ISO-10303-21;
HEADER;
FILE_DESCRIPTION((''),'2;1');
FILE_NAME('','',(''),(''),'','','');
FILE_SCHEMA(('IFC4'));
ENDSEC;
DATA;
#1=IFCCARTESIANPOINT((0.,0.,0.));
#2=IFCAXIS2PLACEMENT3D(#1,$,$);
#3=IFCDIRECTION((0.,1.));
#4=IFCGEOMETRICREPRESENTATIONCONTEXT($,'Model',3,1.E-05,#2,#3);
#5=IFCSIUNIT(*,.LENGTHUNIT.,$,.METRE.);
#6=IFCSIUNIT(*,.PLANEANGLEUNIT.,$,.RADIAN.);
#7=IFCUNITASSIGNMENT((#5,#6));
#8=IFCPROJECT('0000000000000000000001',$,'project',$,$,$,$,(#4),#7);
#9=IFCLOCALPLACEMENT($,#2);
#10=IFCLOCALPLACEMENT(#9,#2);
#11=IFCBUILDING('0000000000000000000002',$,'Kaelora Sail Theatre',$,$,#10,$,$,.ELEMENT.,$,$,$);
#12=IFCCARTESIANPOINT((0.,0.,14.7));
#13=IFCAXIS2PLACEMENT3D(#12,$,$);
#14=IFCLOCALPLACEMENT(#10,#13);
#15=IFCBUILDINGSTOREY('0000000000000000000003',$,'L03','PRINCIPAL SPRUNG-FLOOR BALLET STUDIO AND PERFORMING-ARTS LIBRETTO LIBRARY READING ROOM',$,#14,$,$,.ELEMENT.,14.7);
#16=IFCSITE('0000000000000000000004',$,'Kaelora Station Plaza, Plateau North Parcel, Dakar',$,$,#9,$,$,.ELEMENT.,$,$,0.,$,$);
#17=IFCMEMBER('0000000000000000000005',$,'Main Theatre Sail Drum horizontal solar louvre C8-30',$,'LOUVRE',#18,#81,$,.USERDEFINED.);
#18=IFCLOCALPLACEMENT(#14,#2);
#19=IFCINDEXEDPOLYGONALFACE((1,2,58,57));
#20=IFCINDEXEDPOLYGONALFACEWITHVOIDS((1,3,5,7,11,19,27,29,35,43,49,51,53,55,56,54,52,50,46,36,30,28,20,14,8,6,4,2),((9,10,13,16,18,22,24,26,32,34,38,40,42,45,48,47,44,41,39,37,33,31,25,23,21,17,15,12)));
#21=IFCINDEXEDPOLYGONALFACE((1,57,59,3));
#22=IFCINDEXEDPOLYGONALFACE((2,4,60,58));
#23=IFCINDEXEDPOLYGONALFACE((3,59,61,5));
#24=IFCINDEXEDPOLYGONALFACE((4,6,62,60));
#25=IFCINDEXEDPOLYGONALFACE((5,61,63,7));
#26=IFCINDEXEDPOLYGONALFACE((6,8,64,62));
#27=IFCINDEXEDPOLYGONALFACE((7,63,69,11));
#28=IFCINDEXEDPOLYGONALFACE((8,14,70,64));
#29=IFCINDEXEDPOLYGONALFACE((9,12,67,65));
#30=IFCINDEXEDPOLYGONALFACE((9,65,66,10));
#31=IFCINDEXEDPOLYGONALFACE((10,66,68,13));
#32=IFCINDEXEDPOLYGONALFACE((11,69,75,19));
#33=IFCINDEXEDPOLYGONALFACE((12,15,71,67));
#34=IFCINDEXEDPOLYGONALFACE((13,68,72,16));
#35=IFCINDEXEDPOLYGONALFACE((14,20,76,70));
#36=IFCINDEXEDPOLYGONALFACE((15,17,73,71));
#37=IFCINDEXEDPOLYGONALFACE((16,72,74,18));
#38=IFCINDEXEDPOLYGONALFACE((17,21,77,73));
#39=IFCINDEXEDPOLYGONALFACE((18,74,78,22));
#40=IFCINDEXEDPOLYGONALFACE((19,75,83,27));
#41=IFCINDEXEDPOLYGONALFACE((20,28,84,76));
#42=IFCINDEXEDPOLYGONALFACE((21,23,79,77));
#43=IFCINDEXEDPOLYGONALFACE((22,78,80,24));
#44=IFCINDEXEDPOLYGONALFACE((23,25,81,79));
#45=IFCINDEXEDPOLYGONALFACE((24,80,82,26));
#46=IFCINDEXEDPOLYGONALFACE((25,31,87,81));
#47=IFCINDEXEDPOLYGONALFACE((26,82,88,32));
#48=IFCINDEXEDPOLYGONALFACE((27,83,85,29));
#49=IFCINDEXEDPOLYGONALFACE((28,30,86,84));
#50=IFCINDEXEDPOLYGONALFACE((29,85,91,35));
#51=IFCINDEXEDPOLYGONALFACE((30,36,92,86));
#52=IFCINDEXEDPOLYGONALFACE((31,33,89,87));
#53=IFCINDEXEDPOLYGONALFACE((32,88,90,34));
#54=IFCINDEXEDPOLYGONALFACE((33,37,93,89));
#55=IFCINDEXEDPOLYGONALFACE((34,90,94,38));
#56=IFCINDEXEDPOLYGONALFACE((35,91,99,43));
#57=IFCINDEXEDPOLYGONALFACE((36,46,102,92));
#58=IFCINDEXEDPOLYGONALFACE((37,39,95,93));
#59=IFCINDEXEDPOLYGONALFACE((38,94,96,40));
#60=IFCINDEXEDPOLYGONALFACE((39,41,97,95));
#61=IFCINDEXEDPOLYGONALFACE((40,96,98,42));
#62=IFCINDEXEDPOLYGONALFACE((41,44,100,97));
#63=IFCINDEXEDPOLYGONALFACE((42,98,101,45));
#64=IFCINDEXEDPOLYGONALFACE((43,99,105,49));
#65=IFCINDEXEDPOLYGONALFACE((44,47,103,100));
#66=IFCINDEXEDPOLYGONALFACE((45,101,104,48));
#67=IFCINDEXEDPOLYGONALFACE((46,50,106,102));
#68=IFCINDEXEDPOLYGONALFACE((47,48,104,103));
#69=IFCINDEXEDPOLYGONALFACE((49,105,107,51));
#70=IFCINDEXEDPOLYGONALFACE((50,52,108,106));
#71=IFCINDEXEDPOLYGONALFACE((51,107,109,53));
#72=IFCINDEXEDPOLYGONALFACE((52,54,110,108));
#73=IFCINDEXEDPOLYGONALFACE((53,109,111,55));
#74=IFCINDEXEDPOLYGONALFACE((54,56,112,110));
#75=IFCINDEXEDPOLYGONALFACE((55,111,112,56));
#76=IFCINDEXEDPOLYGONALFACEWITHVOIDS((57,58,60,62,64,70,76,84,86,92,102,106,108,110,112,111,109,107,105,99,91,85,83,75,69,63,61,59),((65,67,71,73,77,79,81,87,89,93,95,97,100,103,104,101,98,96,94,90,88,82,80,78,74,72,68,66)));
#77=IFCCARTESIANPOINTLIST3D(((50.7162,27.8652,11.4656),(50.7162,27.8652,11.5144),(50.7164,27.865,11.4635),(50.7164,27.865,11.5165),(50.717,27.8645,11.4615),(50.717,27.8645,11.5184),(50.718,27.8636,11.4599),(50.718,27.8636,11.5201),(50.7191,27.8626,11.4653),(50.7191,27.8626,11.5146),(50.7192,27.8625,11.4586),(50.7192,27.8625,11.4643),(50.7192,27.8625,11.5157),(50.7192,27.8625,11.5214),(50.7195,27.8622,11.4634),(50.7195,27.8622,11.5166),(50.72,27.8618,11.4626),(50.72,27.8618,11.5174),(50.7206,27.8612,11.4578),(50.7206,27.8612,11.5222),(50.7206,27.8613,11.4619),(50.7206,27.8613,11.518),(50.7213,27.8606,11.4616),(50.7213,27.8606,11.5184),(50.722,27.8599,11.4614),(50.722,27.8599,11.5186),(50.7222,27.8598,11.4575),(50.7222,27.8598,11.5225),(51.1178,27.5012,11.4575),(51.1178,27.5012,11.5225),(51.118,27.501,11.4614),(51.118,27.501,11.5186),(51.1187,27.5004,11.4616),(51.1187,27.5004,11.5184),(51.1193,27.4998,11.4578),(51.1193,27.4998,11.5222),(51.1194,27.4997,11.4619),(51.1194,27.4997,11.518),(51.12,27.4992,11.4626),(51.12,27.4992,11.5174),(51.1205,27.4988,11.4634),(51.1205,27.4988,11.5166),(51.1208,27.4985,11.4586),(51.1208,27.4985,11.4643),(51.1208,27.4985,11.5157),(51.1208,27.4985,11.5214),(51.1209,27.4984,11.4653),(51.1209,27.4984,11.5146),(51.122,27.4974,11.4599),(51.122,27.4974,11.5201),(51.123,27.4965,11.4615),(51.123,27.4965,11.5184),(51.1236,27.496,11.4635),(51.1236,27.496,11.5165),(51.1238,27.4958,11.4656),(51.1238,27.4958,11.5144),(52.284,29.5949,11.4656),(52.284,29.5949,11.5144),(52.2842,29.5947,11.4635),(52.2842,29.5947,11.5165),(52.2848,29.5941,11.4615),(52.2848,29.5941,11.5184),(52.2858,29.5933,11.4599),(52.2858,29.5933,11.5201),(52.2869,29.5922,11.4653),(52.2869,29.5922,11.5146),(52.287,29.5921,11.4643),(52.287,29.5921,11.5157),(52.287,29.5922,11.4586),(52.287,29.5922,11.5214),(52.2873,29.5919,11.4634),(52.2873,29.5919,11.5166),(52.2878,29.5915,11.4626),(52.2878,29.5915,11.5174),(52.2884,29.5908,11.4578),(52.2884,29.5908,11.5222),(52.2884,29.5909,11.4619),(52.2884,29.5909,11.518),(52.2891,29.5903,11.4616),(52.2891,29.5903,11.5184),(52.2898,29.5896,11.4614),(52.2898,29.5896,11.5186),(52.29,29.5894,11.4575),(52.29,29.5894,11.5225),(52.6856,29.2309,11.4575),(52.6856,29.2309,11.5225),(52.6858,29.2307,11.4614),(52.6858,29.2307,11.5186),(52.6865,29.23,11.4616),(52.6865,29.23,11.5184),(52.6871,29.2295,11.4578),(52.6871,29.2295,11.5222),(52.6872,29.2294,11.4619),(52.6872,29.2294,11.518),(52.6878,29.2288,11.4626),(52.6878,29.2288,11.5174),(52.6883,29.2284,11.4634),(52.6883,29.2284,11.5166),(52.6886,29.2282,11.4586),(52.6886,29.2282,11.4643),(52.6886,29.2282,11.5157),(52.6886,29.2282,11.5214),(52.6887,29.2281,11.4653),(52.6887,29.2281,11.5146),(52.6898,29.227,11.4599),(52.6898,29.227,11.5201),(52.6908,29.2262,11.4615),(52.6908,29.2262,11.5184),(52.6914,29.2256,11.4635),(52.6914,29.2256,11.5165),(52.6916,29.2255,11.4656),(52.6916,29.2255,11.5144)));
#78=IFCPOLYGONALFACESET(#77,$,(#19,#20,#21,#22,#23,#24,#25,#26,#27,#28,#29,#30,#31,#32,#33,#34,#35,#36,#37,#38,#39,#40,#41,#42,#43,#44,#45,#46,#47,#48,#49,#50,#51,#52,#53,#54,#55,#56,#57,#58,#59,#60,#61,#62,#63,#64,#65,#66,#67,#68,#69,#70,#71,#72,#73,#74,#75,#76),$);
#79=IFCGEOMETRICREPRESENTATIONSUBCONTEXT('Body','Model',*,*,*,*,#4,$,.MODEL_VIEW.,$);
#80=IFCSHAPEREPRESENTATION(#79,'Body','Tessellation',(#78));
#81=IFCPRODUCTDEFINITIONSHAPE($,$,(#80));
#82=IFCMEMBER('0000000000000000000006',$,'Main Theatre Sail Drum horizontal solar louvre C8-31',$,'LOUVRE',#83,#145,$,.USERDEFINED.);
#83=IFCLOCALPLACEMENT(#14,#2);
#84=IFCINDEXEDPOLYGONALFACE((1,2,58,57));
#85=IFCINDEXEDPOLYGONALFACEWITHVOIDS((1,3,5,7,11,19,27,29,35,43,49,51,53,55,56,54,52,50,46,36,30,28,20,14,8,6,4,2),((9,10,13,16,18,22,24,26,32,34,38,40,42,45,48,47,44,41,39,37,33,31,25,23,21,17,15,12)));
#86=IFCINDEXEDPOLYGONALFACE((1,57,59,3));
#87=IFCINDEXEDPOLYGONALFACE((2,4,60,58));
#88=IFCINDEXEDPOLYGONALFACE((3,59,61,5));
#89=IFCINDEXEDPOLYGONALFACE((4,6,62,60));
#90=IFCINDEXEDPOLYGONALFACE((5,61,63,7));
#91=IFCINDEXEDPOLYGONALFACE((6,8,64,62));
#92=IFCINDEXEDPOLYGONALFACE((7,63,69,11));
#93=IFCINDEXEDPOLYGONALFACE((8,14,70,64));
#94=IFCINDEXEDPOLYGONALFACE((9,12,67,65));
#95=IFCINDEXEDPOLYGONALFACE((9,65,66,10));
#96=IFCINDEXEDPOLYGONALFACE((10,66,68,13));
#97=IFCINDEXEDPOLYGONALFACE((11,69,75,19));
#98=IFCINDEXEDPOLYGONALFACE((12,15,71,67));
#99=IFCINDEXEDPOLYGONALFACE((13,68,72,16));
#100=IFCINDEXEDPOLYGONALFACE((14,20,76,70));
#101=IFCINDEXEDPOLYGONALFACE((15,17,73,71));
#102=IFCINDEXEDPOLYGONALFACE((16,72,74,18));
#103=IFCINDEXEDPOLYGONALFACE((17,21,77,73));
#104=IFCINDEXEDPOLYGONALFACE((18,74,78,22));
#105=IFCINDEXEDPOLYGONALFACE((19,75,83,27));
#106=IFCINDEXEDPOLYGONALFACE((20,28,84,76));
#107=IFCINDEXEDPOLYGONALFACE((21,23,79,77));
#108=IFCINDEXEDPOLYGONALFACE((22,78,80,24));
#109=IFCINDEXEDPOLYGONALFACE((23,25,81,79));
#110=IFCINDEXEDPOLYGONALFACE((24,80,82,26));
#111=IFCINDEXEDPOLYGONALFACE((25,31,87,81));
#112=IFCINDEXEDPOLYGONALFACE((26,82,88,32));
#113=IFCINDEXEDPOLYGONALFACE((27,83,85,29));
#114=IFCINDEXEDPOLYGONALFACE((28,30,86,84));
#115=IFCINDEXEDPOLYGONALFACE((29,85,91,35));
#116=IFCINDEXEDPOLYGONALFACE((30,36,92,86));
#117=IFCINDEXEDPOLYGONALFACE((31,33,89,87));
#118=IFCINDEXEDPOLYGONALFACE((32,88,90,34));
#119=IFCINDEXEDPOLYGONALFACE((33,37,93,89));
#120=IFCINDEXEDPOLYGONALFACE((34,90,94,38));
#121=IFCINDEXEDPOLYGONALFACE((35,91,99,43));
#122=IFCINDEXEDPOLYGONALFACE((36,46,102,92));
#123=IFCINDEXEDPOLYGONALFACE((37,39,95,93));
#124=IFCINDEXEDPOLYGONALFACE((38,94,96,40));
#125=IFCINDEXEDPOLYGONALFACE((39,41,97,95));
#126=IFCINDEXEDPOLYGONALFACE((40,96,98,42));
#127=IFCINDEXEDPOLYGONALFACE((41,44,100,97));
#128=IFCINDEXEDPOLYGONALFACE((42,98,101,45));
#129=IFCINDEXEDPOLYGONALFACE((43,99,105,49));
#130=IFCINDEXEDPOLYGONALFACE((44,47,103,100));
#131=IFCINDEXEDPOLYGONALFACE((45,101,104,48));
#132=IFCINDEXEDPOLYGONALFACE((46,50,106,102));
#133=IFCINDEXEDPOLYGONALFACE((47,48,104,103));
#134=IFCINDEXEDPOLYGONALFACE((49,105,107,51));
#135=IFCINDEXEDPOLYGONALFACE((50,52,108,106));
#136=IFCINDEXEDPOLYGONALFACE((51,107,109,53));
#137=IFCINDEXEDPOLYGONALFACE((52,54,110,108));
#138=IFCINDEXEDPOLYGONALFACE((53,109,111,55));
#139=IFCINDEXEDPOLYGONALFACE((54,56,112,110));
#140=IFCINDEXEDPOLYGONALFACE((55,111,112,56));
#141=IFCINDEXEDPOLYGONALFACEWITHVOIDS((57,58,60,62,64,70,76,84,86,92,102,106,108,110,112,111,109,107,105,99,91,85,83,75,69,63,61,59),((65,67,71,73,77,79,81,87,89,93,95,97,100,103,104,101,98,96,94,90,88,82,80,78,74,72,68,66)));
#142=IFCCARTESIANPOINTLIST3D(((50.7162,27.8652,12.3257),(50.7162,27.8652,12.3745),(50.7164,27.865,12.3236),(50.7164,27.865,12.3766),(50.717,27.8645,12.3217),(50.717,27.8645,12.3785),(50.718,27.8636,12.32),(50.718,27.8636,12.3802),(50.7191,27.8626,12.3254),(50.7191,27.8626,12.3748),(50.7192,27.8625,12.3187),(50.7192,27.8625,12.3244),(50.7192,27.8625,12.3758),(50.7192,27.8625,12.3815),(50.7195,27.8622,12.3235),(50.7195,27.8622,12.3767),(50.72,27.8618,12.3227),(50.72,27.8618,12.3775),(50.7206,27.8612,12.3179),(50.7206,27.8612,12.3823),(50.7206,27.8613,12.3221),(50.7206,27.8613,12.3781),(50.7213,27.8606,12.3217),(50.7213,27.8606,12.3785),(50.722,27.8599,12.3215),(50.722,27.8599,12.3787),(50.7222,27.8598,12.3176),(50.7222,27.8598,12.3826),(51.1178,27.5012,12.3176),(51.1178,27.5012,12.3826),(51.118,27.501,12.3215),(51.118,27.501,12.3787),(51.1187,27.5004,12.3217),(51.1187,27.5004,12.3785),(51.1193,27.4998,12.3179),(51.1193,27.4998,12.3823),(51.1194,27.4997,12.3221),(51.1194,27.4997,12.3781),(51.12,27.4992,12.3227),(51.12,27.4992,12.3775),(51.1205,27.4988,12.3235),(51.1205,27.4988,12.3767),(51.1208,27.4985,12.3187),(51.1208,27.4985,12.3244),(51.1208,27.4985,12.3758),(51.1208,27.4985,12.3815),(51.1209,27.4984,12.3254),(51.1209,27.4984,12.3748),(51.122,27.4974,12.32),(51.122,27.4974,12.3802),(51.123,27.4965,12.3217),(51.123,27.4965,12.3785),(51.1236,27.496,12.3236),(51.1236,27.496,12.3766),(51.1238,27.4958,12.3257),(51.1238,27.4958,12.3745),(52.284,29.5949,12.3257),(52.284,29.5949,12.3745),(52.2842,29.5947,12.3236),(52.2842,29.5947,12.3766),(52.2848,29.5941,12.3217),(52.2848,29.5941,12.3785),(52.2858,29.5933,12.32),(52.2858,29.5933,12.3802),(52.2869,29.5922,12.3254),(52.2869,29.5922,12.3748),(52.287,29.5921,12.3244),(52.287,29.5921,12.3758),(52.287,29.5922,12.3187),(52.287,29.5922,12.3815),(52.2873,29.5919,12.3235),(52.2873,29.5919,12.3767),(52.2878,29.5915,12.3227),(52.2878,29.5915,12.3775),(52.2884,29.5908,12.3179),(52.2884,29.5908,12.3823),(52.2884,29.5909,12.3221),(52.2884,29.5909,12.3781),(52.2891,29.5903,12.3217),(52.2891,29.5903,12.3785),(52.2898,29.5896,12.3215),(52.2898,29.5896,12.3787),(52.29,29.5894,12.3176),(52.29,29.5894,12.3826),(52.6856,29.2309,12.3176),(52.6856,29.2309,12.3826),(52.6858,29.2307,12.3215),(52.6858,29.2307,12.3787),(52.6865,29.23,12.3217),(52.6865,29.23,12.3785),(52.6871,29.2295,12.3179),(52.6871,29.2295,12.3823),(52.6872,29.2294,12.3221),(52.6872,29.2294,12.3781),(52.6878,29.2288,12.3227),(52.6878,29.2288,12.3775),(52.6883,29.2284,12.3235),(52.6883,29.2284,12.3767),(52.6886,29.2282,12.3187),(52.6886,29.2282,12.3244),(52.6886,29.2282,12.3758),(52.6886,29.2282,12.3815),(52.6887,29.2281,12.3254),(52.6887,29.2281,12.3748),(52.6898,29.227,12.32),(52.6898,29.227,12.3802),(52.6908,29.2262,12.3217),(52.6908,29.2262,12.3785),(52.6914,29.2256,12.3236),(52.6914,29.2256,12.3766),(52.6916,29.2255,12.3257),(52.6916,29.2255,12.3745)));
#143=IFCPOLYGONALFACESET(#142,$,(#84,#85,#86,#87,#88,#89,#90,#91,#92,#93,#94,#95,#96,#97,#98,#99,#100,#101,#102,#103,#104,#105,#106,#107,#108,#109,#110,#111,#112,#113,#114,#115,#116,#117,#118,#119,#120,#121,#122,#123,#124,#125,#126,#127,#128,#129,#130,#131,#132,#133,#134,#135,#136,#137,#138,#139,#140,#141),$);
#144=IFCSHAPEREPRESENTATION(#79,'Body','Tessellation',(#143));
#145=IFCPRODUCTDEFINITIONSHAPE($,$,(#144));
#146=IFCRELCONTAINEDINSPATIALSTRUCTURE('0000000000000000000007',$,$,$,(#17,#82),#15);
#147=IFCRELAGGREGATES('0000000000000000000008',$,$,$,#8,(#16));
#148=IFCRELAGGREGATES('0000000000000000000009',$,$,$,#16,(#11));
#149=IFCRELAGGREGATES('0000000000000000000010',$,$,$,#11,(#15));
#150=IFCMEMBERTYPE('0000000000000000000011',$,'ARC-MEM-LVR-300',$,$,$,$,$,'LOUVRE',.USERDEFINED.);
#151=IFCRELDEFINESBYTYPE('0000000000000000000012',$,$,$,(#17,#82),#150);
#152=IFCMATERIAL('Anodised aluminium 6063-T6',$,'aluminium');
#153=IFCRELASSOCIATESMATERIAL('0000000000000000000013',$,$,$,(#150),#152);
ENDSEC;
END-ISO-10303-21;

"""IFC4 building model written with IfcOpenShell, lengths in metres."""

from ifc_helpers import new_model, si_unit, direction, frame, origin, origin_2d, place, context, subcontext, project, spatial, hollow_rectangle, extrude, material, material_profile, profile_set, type_object, element, save


model = new_model("IFC4")

# Units and contexts
model_context = context("Model", 3, precision=1e-05, world=origin(), true_north=direction((0.0, 1.0)))
body_context = subcontext(model_context, "Body", "Model", "MODEL_VIEW")
ifc_project = project(units=[si_unit("LENGTHUNIT", "METRE"), si_unit("PLANEANGLEUNIT", "RADIAN")], contexts=[model_context])

# Site, building, storey
site_placement = place(None, origin())
site = spatial("IfcSite", under=ifc_project, at=site_placement, Name="Kaelora Station Plaza, Plateau North Parcel, Dakar", CompositionType="ELEMENT", RefElevation=0.0)
building_placement = place(site_placement, origin())
building = spatial("IfcBuilding", under=site, at=building_placement, Name="Kaelora Sail Theatre", CompositionType="ELEMENT")
storey_placement = place(building_placement, frame((0.0, 0.0, 14.7)))
storey = spatial("IfcBuildingStorey", under=building, at=storey_placement, Name="L03", Description="PRINCIPAL SPRUNG-FLOOR BALLET STUDIO AND PERFORMING-ARTS LIBRETTO LIBRARY READING ROOM", CompositionType="ELEMENT", Elevation=14.7)

# Members
ifc_material = material(Name="Anodised aluminium 6063-T6", Category="aluminium")
ifc_material_profile = material_profile(ifc_material, hollow_rectangle(XDim=0.55, YDim=0.0649, WallThickness=0.0039, InnerFilletRadius=0.0039, OuterFilletRadius=0.0081, at=origin_2d()), Name="LOUVRE 550x65x4")
ifc_profile_set = profile_set([ifc_material_profile], Name="Anodised aluminium 6063-T6")
member_type = type_object("IfcMemberType", Name="ARC-MEM-LVR-300", ElementType="LOUVRE", PredefinedType="USERDEFINED", material=ifc_profile_set)
for number, where, z_axis, x_axis, name in (
    (1, (52.4878, 29.4102, 11.49), (-0.671589, -0.740924, 0.0), (0.740924, -0.671589, 0.0), "Main Theatre Sail Drum horizontal solar louvre C8-30"),
    (2, (52.4878, 29.4102, 12.3501), (-0.671589, -0.740924, 0.0), (0.740924, -0.671589, 0.0), "Main Theatre Sail Drum horizontal solar louvre C8-31"),
):
    element("IfcMember", number, at=place(storey_placement, frame(where, z_axis=z_axis, x_axis=x_axis)), inside=storey, type_object=member_type, Name=name, ObjectType="LOUVRE", PredefinedType="USERDEFINED", context=body_context, shape_type="SweptSolid", body=[
        extrude(hollow_rectangle(XDim=0.55, YDim=0.0649, WallThickness=0.0039, InnerFilletRadius=0.0039, OuterFilletRadius=0.0081, at=origin_2d()), origin(), (0.0, 0.0, 1.0), 2.3345),
    ])

save(model, "model.ifc")
